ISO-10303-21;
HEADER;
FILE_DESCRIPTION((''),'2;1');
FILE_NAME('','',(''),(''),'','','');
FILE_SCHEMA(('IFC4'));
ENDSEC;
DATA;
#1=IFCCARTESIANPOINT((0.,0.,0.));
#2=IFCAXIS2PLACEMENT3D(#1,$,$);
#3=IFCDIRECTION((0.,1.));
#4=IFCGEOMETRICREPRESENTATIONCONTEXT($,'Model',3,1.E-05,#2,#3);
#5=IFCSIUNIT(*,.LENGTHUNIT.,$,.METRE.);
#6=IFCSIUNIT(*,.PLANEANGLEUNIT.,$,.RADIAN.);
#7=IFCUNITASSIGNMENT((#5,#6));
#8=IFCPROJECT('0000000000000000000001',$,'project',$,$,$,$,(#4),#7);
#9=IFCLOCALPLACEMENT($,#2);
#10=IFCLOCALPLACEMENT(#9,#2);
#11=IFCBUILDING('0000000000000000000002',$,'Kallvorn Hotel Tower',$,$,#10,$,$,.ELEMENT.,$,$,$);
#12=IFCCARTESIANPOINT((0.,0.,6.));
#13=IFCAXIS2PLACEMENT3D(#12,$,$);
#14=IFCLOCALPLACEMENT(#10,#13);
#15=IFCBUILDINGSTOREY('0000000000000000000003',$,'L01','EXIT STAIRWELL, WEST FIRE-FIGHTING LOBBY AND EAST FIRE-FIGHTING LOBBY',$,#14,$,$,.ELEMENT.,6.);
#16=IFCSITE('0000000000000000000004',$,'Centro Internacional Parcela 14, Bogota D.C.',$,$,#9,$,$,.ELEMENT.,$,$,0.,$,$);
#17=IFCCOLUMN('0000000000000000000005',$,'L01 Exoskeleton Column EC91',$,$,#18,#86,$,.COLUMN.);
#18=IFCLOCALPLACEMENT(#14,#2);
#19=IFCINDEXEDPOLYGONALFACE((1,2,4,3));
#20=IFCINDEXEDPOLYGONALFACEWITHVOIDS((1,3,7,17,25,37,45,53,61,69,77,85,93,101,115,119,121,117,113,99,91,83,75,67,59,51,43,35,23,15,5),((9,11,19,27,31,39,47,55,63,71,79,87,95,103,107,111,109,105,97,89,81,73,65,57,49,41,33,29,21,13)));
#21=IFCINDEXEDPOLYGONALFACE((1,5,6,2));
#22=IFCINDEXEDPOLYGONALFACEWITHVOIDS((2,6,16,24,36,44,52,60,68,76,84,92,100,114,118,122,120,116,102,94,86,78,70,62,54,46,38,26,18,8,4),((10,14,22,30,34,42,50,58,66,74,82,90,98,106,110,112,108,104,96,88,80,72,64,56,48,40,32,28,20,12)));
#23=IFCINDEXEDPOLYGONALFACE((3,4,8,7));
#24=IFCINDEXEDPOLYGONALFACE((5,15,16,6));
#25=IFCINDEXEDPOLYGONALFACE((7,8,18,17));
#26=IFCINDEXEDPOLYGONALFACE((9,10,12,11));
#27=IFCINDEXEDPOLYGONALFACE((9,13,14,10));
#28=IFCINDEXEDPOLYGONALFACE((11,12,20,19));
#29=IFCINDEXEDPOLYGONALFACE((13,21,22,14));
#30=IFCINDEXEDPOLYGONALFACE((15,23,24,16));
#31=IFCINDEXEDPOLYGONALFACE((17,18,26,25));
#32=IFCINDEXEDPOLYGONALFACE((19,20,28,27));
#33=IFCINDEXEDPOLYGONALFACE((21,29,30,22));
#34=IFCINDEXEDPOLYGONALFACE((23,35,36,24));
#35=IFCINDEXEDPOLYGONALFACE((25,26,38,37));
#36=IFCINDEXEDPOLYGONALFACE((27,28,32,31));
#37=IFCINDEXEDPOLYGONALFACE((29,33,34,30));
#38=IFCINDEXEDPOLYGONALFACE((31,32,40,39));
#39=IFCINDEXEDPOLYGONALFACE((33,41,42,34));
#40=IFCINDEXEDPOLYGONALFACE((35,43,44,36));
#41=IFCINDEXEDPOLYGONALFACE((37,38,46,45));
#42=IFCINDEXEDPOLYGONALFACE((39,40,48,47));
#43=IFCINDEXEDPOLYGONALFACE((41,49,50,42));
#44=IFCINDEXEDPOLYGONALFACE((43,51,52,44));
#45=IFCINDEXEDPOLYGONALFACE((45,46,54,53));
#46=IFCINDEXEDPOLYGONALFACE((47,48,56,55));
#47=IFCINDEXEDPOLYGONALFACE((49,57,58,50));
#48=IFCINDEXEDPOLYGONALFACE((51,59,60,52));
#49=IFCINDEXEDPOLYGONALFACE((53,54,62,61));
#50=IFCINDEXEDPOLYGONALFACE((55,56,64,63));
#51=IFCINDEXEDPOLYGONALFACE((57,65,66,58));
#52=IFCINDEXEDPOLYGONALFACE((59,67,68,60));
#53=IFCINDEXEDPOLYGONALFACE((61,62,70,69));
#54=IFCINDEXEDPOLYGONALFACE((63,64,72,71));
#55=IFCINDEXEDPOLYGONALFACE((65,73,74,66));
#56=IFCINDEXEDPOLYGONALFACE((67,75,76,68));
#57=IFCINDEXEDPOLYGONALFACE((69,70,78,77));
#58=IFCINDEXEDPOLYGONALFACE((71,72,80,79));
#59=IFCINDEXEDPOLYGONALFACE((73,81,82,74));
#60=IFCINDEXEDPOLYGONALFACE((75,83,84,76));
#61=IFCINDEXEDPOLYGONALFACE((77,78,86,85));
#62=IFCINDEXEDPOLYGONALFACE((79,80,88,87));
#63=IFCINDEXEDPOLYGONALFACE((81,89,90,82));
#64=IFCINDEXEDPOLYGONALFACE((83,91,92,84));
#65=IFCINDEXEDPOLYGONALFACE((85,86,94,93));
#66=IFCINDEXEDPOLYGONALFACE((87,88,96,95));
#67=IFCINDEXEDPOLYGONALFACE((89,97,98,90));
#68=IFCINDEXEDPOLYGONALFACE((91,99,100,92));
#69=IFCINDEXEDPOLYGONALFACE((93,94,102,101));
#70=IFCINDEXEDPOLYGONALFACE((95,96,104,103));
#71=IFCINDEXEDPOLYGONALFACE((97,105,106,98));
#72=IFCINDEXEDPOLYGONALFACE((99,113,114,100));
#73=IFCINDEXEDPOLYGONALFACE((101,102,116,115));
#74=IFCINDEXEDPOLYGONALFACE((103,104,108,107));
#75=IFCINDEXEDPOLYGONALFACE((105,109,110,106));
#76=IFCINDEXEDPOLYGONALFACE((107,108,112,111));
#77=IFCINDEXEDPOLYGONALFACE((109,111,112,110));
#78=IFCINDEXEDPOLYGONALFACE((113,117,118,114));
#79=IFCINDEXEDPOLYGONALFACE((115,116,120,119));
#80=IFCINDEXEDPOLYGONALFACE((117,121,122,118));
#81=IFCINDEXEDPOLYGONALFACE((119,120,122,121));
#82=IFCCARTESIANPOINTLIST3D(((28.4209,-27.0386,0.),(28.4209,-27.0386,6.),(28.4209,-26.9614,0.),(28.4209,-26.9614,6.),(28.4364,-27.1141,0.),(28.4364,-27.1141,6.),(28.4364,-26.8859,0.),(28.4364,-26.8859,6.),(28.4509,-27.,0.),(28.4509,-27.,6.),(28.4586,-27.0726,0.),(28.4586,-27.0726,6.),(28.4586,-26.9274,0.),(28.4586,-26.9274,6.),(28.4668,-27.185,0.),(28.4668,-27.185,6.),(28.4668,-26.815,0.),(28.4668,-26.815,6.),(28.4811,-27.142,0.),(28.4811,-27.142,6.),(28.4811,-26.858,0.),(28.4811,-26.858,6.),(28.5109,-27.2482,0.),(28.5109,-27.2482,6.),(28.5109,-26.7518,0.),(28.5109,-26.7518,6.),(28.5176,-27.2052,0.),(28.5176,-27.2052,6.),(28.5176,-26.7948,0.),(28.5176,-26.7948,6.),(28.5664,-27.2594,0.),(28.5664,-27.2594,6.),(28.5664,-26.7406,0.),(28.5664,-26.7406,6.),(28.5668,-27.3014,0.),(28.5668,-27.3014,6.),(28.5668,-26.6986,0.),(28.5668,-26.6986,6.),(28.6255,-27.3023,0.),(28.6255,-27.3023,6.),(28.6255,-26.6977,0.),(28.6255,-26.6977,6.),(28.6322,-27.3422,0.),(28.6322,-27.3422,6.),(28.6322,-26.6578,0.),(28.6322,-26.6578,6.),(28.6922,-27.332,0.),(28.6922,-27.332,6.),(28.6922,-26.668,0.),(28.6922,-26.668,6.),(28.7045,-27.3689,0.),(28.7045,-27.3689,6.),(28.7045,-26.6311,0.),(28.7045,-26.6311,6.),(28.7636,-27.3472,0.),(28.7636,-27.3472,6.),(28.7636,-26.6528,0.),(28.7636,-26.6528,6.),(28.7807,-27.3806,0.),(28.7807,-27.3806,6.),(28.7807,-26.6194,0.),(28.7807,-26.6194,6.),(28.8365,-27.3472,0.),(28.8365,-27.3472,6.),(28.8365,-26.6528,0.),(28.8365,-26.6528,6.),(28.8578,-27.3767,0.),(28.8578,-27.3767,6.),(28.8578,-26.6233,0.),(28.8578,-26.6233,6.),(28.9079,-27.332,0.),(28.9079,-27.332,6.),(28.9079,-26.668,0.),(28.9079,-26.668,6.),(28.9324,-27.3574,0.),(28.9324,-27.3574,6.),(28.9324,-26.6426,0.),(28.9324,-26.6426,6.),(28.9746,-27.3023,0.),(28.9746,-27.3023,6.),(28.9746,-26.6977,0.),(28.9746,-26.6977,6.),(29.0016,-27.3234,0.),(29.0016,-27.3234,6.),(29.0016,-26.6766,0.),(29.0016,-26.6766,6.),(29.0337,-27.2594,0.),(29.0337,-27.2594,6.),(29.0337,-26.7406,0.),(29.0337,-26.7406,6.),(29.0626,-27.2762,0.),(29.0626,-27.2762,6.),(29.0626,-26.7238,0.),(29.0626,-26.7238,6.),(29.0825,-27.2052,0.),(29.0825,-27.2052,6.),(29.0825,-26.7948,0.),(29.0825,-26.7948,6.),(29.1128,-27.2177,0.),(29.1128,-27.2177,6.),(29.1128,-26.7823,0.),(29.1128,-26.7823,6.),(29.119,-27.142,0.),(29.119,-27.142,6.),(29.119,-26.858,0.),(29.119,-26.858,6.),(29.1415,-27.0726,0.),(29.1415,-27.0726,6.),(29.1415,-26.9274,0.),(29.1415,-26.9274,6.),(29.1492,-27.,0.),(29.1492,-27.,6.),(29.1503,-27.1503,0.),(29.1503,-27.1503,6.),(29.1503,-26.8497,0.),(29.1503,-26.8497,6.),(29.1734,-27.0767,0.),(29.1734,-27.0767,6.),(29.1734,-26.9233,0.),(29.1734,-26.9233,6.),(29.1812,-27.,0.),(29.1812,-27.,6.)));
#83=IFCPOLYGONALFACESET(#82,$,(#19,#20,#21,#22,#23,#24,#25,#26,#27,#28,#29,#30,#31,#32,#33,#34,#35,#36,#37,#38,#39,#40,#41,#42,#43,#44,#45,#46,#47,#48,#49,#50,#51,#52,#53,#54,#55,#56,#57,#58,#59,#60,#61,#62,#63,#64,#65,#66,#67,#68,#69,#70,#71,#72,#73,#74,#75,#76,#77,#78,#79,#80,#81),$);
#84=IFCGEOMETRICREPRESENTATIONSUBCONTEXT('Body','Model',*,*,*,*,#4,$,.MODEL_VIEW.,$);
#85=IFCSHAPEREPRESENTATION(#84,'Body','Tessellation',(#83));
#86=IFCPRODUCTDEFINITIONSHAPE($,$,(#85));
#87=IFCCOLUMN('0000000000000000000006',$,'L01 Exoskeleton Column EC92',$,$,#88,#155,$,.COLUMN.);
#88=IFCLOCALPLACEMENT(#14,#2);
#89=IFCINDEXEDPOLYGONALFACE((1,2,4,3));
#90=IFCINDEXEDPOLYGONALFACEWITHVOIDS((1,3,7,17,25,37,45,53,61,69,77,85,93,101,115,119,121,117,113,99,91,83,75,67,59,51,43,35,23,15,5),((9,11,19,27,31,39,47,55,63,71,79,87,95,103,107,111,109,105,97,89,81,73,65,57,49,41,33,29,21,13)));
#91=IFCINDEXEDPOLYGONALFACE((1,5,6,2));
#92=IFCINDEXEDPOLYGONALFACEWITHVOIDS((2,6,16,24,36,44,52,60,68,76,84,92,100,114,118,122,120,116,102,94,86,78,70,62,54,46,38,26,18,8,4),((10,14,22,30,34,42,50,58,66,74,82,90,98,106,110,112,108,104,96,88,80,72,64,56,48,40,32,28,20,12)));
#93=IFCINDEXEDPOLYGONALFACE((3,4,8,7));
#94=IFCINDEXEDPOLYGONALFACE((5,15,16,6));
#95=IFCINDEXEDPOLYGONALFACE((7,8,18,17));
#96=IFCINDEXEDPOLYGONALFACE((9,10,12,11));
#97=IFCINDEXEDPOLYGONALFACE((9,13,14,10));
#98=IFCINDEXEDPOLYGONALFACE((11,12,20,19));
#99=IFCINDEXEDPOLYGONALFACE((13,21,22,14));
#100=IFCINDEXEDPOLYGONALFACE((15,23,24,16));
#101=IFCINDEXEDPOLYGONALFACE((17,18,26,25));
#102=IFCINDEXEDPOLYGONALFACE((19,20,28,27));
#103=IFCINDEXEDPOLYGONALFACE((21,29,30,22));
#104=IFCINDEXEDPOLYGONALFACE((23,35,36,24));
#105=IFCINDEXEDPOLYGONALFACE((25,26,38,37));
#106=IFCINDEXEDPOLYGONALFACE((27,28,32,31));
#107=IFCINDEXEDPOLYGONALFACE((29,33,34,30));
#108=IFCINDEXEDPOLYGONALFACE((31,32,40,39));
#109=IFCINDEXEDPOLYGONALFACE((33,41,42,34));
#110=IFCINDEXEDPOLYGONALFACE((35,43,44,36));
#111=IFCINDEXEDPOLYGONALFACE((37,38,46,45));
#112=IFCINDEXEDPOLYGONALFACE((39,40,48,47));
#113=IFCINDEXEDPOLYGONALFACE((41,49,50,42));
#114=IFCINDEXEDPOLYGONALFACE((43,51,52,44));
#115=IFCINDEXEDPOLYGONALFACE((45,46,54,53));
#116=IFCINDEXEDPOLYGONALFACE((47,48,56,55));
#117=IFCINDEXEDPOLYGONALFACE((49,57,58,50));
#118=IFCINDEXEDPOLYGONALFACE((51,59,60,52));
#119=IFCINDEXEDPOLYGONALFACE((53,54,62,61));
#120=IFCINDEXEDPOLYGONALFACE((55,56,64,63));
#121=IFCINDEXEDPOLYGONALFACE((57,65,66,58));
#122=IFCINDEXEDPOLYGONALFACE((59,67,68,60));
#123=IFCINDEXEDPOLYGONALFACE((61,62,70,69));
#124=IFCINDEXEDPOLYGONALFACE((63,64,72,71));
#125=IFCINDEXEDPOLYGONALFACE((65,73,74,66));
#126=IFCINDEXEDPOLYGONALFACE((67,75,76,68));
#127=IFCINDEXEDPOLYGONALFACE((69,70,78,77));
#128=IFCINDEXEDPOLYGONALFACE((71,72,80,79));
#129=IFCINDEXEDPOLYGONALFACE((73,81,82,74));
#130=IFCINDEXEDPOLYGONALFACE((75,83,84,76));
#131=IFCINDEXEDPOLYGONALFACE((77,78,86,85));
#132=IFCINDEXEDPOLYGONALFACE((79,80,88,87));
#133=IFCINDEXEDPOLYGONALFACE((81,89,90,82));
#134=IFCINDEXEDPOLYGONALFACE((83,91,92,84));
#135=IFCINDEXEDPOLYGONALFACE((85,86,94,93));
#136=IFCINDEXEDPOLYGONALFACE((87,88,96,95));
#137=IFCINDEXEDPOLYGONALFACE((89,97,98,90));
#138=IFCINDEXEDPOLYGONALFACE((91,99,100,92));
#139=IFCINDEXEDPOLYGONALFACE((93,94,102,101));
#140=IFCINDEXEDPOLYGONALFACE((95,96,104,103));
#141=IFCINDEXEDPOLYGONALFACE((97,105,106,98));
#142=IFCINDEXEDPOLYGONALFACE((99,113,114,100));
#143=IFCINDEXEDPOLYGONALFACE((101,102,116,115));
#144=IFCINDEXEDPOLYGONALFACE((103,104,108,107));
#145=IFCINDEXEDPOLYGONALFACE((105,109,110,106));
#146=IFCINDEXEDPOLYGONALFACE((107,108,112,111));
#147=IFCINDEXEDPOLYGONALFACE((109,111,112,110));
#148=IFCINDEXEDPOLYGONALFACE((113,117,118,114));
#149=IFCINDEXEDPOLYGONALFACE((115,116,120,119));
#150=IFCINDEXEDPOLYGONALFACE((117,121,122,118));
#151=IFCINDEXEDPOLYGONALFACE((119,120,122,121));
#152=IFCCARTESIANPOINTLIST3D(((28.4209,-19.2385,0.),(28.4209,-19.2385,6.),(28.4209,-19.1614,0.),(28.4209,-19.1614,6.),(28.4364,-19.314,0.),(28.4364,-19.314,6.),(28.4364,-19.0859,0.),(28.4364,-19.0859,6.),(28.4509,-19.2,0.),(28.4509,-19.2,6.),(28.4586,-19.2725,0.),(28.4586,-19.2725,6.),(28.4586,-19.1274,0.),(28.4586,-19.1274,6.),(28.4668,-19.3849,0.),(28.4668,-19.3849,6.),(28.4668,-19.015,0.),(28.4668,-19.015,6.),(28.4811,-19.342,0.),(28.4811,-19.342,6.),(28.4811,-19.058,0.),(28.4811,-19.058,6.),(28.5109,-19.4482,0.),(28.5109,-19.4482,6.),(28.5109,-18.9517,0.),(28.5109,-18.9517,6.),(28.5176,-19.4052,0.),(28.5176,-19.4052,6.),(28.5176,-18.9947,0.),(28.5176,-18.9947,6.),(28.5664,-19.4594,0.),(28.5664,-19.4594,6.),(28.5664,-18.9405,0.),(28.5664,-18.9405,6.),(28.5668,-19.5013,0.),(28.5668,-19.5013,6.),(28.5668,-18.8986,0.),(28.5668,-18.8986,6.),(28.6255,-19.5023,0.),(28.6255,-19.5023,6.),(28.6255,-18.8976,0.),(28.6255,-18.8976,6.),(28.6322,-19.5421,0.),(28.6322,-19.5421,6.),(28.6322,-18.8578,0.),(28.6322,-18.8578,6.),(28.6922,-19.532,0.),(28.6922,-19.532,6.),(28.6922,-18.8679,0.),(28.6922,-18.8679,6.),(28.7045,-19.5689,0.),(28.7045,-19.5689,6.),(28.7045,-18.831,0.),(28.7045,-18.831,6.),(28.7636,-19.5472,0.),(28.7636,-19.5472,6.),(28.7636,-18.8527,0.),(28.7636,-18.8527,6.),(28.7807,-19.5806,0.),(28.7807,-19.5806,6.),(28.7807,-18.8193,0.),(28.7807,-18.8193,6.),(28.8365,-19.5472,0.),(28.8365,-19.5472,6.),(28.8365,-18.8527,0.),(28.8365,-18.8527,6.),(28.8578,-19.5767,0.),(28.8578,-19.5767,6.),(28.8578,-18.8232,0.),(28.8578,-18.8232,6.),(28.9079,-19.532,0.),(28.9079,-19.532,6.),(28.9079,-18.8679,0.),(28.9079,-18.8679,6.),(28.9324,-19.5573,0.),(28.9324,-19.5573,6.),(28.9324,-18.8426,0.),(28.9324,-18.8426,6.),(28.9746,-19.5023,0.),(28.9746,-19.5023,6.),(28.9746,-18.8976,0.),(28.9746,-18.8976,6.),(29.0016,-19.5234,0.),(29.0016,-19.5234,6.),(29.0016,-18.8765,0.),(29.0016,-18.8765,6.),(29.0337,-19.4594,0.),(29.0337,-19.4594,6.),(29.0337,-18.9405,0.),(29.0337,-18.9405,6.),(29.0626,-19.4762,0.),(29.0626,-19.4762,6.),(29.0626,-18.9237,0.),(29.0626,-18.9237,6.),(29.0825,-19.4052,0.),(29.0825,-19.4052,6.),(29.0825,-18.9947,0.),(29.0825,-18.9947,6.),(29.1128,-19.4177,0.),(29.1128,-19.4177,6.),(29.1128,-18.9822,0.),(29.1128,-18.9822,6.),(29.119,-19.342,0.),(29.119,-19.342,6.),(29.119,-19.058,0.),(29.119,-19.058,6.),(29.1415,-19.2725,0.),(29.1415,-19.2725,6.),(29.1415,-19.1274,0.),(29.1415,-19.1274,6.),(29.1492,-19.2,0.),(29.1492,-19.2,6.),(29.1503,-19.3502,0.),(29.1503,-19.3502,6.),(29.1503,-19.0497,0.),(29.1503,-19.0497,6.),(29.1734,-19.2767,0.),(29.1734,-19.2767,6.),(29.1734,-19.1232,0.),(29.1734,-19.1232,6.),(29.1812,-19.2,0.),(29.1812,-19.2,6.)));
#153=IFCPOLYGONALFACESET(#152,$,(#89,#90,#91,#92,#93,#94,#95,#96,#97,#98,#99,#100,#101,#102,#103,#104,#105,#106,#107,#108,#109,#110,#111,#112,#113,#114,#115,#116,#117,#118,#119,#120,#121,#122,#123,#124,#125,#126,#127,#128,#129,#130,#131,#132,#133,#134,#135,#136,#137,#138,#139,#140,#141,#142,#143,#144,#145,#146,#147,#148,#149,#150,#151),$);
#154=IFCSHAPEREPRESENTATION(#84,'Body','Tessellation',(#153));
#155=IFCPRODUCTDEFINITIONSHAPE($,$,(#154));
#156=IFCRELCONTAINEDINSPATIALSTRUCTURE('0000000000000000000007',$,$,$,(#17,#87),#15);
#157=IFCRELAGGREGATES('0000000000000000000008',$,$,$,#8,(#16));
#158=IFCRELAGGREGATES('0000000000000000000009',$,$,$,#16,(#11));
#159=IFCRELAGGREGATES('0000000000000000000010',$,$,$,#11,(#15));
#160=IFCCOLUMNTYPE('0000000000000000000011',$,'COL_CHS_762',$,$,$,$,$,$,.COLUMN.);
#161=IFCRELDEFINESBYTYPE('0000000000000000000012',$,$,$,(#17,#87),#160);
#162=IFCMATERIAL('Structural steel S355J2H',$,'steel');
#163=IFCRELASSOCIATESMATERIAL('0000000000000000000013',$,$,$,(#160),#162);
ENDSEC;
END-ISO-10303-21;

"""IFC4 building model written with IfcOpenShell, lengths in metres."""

from ifc_helpers import new_model, si_unit, direction, frame, origin, origin_2d, place, context, subcontext, project, spatial, hollow_circle, extrude, material, material_profile, profile_set, type_object, element, save


model = new_model("IFC4")

# Units and contexts
model_context = context("Model", 3, precision=1e-05, world=origin(), true_north=direction((0.0, 1.0)))
body_context = subcontext(model_context, "Body", "Model", "MODEL_VIEW")
ifc_project = project(units=[si_unit("LENGTHUNIT", "METRE"), si_unit("PLANEANGLEUNIT", "RADIAN")], contexts=[model_context])

# Site, building, storey
site_placement = place(None, origin())
site = spatial("IfcSite", under=ifc_project, at=site_placement, Name="Centro Internacional Parcela 14, Bogota D.C.", CompositionType="ELEMENT", RefElevation=0.0)
building_placement = place(site_placement, origin())
building = spatial("IfcBuilding", under=site, at=building_placement, Name="Kallvorn Hotel Tower", CompositionType="ELEMENT")
storey_placement = place(building_placement, frame((0.0, 0.0, 6.0)))
storey = spatial("IfcBuildingStorey", under=building, at=storey_placement, Name="L01", Description="EXIT STAIRWELL, WEST FIRE-FIGHTING LOBBY AND EAST FIRE-FIGHTING LOBBY", CompositionType="ELEMENT", Elevation=6.0)

# Columns
ifc_material_1 = material(Name="Structural steel S355J2H", Category="steel")
ifc_material_profile_1 = material_profile(ifc_material_1, hollow_circle(Radius=0.3811, WallThickness=0.032, at=origin_2d()), Name="CHS 762x32")
ifc_profile_set_1 = profile_set([ifc_material_profile_1], Name="Structural steel S355J2H")
column_type = type_object("IfcColumnType", Name="COL_CHS_762", PredefinedType="COLUMN", material=ifc_profile_set_1)
for number, where, z_axis, x_axis, name in (
    (1, (28.8, -27.0, 0.0), (0.0, 0.0, 1.0), (1.0, 0.0, 0.0), "L01 Exoskeleton Column EC91"),
    (2, (28.8, -19.2, 0.0), (0.0, 0.0, 1.0), (1.0, 0.0, 0.0), "L01 Exoskeleton Column EC92"),
):
    element("IfcColumn", number, at=place(storey_placement, frame(where, z_axis=z_axis, x_axis=x_axis)), inside=storey, type_object=column_type, Name=name, PredefinedType="COLUMN", context=body_context, shape_type="SweptSolid", body=[
        extrude(hollow_circle(Radius=0.3811, WallThickness=0.032, at=origin_2d()), origin(), (0.0, 0.0, 1.0), 6.0),
    ])

save(model, "model.ifc")
